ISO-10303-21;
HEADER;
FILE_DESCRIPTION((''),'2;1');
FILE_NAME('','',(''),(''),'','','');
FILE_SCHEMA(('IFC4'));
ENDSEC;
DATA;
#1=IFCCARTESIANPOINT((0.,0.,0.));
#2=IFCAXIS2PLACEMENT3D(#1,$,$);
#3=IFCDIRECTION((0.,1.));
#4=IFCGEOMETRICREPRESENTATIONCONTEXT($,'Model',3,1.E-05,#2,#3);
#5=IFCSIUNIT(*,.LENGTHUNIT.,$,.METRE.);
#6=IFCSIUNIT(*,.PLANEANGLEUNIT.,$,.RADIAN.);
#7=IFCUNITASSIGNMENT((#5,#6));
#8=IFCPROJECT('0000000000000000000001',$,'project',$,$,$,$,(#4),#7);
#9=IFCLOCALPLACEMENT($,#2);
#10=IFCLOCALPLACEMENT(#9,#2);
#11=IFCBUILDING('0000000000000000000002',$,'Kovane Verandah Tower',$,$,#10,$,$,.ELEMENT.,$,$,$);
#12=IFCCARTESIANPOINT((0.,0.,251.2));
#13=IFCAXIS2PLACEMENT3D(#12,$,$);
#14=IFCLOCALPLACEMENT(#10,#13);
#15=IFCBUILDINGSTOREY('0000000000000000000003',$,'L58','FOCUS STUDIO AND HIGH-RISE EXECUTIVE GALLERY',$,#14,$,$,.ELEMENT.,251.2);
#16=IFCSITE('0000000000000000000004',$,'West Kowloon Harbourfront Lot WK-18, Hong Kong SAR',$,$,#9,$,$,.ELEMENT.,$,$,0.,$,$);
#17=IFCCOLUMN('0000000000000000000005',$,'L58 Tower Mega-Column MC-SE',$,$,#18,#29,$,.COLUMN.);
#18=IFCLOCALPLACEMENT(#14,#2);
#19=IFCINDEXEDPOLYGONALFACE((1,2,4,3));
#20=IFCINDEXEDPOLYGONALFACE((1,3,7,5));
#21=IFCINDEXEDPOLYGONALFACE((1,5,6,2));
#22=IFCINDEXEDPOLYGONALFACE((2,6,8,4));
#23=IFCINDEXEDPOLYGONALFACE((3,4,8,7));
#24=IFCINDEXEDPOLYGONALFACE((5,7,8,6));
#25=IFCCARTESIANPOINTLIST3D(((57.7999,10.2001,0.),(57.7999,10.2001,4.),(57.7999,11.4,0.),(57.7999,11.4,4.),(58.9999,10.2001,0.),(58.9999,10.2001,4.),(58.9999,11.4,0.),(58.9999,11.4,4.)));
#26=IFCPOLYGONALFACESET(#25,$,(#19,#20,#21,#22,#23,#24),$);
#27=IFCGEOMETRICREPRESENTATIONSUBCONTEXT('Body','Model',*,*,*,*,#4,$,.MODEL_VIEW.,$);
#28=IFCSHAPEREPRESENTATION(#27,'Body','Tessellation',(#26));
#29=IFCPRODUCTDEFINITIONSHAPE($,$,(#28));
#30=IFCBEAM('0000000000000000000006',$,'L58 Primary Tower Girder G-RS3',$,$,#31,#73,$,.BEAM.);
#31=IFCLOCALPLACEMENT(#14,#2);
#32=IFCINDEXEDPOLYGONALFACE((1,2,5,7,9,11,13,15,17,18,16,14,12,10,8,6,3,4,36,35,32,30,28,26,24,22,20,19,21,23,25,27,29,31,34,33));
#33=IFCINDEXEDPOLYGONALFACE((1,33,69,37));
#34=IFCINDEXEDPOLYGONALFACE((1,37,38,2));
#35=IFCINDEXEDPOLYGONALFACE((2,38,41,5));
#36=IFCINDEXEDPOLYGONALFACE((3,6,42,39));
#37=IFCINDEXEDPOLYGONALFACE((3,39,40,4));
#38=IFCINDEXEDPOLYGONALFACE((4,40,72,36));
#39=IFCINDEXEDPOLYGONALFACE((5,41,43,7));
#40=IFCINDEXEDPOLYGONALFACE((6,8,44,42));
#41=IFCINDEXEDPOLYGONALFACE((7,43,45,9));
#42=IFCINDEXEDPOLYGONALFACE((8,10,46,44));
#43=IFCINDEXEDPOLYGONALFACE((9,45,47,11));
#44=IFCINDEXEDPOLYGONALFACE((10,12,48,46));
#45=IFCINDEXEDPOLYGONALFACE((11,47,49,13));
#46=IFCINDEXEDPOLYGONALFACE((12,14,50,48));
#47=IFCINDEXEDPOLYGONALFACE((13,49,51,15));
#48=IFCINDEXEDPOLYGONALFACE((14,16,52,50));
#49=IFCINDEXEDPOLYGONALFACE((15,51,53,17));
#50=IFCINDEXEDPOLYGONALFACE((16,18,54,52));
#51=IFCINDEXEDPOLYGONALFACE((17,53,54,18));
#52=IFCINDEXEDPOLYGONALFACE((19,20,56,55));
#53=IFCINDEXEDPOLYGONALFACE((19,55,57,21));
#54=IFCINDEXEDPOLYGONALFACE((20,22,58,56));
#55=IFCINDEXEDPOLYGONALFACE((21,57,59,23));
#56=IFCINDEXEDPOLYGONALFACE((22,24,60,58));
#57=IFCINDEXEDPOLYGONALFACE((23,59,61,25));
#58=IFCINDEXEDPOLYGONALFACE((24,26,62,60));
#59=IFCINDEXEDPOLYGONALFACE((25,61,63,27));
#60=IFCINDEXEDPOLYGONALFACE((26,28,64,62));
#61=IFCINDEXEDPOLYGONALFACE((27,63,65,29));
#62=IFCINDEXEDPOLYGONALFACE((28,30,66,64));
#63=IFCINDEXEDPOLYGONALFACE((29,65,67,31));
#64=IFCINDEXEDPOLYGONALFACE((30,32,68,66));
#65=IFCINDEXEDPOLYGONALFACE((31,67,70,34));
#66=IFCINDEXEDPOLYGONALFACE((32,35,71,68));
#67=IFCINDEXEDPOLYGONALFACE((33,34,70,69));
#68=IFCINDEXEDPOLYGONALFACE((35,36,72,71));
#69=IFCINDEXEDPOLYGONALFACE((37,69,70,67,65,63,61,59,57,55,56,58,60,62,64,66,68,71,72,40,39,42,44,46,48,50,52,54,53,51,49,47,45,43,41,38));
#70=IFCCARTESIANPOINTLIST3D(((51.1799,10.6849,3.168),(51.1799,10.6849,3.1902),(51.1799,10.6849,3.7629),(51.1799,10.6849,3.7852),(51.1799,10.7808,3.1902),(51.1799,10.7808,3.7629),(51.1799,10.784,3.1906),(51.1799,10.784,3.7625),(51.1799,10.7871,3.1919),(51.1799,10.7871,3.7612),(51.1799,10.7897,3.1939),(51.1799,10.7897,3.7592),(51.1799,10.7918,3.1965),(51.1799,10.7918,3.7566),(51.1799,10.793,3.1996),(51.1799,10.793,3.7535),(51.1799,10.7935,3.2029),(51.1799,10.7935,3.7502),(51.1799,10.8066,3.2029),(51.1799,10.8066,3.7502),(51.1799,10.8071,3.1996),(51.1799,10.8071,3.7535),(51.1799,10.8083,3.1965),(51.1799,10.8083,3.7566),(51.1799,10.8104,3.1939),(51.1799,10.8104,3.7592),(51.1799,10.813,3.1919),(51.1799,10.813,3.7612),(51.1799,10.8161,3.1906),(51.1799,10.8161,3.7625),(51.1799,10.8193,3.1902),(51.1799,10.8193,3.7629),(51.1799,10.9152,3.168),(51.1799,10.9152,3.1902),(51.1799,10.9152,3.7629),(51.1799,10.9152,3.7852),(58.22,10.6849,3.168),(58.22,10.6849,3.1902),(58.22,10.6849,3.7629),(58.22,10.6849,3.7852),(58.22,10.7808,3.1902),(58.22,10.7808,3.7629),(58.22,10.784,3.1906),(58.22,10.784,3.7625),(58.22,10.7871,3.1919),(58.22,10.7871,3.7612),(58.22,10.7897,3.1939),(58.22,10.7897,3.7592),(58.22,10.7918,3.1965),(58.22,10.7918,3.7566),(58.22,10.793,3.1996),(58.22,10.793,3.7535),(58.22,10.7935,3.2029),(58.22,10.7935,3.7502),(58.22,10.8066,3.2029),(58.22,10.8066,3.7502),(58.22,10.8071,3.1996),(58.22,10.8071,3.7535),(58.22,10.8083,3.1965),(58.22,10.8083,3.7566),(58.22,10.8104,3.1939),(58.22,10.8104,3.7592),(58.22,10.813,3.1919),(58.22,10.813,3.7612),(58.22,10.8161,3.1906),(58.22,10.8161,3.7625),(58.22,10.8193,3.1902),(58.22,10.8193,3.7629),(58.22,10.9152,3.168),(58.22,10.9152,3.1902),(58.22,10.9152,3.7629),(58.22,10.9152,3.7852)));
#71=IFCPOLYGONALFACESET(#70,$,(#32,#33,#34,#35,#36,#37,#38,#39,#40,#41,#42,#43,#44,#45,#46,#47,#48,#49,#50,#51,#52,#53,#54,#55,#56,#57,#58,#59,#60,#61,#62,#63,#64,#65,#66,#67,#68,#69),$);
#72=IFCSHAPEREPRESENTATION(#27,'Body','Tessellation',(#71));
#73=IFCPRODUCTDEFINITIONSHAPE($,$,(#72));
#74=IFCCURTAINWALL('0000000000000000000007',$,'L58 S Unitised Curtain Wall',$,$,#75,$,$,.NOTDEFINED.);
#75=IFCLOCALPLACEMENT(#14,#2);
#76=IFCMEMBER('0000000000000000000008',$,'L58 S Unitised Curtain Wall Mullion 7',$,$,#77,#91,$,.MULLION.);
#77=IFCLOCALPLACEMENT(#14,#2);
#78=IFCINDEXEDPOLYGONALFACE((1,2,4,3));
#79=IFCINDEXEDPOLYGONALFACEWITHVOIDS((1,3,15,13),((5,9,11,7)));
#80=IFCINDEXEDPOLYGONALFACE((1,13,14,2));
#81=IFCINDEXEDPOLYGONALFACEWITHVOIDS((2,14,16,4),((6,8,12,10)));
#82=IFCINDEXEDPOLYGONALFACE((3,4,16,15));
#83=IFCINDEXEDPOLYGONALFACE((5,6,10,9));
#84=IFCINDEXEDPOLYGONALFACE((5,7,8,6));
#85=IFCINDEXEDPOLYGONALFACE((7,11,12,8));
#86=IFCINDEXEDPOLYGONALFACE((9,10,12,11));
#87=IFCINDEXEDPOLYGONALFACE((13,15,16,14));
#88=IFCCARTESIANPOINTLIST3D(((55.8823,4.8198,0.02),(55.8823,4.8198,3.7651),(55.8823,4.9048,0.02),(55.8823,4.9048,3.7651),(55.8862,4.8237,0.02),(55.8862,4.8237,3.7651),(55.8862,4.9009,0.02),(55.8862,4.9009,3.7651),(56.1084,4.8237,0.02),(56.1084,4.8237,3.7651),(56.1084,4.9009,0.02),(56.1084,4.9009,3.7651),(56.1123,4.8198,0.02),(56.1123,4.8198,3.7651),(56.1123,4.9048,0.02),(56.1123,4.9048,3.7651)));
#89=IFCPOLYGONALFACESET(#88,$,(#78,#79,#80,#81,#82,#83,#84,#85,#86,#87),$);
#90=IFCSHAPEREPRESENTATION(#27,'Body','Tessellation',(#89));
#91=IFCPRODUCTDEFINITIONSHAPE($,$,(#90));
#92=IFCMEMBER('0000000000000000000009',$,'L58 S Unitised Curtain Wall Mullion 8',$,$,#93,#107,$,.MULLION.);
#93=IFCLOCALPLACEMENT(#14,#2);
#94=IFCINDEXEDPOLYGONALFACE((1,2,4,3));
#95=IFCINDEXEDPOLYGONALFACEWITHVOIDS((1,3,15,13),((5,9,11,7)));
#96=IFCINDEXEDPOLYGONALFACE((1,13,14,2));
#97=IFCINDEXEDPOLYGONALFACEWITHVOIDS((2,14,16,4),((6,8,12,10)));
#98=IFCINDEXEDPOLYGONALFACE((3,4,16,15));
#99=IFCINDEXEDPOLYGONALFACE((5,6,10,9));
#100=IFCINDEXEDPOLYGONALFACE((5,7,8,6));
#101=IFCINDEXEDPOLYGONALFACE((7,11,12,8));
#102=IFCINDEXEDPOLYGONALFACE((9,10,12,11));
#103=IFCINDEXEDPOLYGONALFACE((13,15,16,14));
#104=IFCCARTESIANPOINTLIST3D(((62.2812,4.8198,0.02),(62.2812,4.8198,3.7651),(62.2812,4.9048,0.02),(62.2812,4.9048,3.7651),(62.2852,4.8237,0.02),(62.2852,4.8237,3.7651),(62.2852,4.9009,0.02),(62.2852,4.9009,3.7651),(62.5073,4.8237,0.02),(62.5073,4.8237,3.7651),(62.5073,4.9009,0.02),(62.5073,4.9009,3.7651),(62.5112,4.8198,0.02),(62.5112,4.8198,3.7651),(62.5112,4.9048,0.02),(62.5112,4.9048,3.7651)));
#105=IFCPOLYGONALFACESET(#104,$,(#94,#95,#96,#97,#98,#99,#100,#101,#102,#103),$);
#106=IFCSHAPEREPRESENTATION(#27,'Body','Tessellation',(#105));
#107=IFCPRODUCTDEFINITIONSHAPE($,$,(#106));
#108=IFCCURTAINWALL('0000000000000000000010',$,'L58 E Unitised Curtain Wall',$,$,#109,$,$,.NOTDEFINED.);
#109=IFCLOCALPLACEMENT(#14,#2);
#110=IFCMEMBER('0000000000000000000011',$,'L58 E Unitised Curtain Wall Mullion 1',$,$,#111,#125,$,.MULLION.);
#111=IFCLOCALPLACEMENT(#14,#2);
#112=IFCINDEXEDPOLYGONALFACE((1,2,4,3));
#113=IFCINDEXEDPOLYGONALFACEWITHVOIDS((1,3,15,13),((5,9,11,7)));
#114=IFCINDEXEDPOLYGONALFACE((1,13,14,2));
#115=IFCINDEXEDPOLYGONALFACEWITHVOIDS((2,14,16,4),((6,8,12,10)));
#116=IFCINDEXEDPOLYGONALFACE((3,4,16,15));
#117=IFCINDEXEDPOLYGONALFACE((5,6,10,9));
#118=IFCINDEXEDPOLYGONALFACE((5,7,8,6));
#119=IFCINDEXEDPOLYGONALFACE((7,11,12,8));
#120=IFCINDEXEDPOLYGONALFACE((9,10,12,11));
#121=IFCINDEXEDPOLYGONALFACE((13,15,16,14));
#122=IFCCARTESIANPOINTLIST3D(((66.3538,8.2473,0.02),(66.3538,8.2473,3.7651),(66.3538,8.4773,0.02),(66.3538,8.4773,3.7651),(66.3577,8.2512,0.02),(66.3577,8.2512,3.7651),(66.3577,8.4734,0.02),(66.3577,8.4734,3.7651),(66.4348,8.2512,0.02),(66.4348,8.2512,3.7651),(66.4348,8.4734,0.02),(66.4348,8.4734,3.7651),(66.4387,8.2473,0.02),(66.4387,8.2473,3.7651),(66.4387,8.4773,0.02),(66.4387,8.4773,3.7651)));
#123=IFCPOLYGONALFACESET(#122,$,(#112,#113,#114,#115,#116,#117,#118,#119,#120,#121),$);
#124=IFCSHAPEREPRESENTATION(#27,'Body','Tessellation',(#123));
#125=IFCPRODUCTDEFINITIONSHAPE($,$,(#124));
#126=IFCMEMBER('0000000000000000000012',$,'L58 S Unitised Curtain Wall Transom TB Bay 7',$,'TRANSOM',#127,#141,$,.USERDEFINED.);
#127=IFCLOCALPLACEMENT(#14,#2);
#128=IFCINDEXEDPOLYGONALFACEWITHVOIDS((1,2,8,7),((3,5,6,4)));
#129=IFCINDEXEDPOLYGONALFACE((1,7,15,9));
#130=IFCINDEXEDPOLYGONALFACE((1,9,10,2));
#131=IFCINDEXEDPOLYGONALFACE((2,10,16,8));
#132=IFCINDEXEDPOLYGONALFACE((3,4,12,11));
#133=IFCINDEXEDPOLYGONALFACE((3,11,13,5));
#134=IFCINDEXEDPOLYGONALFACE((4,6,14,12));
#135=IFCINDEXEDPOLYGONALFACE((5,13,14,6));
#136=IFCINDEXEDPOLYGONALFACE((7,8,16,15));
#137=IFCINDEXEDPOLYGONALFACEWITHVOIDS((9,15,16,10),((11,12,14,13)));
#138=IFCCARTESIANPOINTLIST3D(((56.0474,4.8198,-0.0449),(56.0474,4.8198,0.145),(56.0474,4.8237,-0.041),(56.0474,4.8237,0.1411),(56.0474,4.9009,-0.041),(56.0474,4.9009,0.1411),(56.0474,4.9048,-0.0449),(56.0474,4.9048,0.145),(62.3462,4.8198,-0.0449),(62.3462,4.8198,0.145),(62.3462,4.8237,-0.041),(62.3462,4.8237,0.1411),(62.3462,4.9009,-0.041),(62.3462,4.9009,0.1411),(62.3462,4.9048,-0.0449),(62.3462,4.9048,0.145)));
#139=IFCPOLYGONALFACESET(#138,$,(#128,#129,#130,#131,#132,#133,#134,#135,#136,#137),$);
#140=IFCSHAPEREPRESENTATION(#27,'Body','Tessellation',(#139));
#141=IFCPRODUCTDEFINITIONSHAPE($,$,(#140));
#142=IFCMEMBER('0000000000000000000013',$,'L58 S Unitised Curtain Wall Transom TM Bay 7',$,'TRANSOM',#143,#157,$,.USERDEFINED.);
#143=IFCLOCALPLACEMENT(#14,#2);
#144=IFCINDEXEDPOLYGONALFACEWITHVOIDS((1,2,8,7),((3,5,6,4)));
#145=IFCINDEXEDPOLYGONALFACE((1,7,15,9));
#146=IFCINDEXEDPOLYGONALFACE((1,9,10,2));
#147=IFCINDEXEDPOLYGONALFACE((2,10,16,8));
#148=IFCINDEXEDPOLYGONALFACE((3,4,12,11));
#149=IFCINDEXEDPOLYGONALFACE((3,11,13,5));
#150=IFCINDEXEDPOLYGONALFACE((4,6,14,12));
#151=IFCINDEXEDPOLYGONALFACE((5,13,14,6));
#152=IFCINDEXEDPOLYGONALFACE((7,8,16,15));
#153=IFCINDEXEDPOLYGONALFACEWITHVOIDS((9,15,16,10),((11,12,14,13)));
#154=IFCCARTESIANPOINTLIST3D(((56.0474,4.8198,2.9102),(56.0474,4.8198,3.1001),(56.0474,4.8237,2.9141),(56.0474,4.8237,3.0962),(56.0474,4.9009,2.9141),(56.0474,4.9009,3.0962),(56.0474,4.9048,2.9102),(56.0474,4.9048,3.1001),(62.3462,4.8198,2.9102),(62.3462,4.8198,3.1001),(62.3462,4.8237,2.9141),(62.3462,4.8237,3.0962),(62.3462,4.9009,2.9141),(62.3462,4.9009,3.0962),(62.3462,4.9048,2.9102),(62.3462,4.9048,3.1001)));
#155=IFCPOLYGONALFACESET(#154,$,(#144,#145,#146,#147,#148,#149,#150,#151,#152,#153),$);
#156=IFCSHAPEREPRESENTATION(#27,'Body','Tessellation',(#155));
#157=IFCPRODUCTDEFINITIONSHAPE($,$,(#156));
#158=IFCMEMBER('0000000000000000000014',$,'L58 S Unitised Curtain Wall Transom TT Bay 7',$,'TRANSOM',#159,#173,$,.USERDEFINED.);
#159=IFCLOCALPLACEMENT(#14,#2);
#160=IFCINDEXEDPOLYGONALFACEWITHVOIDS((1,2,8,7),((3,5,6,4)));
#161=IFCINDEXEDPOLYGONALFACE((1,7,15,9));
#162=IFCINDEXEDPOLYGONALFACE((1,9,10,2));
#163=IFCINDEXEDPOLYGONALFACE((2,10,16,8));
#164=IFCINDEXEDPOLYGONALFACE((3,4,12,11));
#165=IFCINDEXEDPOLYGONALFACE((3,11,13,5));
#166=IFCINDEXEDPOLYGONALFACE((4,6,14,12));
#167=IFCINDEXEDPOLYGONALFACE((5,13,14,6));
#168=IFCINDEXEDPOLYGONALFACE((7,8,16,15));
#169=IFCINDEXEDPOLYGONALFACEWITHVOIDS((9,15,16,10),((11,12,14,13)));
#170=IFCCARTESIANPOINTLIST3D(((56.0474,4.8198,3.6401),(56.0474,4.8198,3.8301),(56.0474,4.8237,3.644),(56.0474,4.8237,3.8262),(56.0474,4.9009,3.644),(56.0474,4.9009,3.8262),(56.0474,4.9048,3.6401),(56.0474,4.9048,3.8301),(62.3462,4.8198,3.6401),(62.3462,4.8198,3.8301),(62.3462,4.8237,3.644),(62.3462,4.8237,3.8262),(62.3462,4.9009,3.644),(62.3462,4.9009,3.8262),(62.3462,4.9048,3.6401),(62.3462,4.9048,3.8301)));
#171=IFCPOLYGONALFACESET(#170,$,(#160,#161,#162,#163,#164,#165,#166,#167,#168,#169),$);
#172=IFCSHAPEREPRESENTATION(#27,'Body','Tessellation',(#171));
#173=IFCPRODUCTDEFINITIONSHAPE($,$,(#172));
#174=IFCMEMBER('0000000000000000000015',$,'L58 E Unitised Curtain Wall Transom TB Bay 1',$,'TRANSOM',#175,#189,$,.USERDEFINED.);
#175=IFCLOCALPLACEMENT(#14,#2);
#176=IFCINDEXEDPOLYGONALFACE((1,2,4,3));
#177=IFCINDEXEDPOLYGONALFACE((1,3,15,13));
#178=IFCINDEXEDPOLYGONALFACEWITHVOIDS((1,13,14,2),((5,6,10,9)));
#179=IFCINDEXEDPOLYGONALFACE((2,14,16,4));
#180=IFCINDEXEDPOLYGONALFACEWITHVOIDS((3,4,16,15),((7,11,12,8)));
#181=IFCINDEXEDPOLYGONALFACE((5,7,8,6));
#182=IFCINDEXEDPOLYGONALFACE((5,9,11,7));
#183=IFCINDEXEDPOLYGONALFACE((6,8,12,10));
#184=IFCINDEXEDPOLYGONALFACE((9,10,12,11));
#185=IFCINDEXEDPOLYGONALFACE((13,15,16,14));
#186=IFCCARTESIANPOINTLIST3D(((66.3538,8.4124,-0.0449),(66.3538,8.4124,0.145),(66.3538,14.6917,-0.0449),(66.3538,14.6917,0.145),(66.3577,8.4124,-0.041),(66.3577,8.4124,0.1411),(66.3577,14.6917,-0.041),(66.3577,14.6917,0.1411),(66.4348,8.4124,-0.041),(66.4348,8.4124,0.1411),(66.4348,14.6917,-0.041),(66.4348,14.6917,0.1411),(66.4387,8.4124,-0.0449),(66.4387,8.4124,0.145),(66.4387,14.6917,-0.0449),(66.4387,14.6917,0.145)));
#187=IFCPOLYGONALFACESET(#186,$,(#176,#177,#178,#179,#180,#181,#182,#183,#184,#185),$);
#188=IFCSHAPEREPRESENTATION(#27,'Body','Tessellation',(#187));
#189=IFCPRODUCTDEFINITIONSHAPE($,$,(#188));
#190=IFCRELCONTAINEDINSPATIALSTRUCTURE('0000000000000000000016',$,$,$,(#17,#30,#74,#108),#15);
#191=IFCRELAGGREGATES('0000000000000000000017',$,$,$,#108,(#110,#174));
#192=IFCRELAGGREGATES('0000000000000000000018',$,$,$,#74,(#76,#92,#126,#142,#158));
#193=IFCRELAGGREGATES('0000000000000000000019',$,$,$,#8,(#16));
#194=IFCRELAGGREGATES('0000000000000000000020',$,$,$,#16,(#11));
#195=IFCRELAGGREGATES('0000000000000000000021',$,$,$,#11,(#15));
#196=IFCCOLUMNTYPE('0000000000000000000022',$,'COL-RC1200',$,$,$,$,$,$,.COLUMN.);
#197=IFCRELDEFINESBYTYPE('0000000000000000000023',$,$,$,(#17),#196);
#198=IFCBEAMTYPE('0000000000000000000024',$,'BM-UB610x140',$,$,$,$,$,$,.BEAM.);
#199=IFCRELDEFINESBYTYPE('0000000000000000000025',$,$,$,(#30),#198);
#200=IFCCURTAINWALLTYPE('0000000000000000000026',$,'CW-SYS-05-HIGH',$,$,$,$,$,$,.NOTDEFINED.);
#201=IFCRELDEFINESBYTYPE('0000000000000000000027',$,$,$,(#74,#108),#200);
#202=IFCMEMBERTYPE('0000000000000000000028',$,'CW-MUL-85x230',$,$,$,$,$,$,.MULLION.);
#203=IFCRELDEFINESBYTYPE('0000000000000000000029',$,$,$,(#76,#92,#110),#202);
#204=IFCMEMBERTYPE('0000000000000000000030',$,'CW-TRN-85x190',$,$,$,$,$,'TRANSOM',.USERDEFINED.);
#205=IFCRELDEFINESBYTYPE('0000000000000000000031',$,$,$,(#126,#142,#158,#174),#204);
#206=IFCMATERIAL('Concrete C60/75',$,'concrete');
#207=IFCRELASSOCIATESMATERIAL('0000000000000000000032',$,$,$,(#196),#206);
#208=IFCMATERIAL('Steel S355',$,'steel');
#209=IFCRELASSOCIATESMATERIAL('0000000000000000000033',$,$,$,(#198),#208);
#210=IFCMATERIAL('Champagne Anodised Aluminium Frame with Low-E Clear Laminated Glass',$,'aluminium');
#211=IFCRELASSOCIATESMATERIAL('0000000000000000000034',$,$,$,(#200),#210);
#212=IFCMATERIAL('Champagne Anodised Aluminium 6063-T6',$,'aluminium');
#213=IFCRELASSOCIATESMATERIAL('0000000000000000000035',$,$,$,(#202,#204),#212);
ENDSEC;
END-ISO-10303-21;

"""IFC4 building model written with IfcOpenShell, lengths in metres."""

from ifc_helpers import new_model, si_unit, direction, frame, origin, origin_2d, place, context, subcontext, project, spatial, rectangle, hollow_rectangle, i_section, extrude, material, material_profile, profile_set, type_object, element, aggregate, save


model = new_model("IFC4")

# Units and contexts
model_context = context("Model", 3, precision=1e-05, world=origin(), true_north=direction((0.0, 1.0)))
body_context = subcontext(model_context, "Body", "Model", "MODEL_VIEW")
ifc_project = project(units=[si_unit("LENGTHUNIT", "METRE"), si_unit("PLANEANGLEUNIT", "RADIAN")], contexts=[model_context])

# Site, building, storey
site_placement = place(None, origin())
site = spatial("IfcSite", under=ifc_project, at=site_placement, Name="West Kowloon Harbourfront Lot WK-18, Hong Kong SAR", CompositionType="ELEMENT", RefElevation=0.0)
building_placement = place(site_placement, origin())
building = spatial("IfcBuilding", under=site, at=building_placement, Name="Kovane Verandah Tower", CompositionType="ELEMENT")
storey_placement = place(building_placement, frame((0.0, 0.0, 251.2)))
storey = spatial("IfcBuildingStorey", under=building, at=storey_placement, Name="L58", Description="FOCUS STUDIO AND HIGH-RISE EXECUTIVE GALLERY", CompositionType="ELEMENT", Elevation=251.2)

# Column
ifc_material_1 = material(Name="Concrete C60/75", Category="concrete")
ifc_material_profile_1 = material_profile(ifc_material_1, rectangle(XDim=1.2, YDim=1.2, at=origin_2d()), Name="RC1200x1200")
ifc_profile_set_1 = profile_set([ifc_material_profile_1], Name="Concrete C60/75")
column_type = type_object("IfcColumnType", Name="COL-RC1200", PredefinedType="COLUMN", material=ifc_profile_set_1)
column_placement = place(storey_placement, frame((58.3999, 10.8, 0.0), z_axis=(0.0, 0.0, 1.0), x_axis=(1.0, 0.0, 0.0)))
element("IfcColumn", 1, at=column_placement, inside=storey, type_object=column_type, Name="L58 Tower Mega-Column MC-SE", PredefinedType="COLUMN", context=body_context, shape_type="SweptSolid", body=[
    extrude(rectangle(XDim=1.2, YDim=1.2, at=origin_2d()), origin(), (0.0, 0.0, 1.0), 4.0),
])

# Beam
ifc_material_2 = material(Name="Steel S355", Category="steel")
ifc_material_profile_2 = material_profile(ifc_material_2, i_section(OverallWidth=0.2302, OverallDepth=0.6172, WebThickness=0.0132, FlangeThickness=0.0222, FilletRadius=0.0127, at=origin_2d()), Name="UB610x229x140")
ifc_profile_set_2 = profile_set([ifc_material_profile_2], Name="Steel S355")
beam_type_1 = type_object("IfcBeamType", Name="BM-UB610x140", PredefinedType="BEAM", material=ifc_profile_set_2)
beam_1_placement = place(storey_placement, frame((51.1799, 10.8, 3.4766), z_axis=(1.0, 0.0, 0.0), x_axis=(0.0, 1.0, 0.0)))
element("IfcBeam", 2, at=beam_1_placement, inside=storey, type_object=beam_type_1, Name="L58 Primary Tower Girder G-RS3", PredefinedType="BEAM", context=body_context, shape_type="SweptSolid", body=[
    extrude(i_section(OverallWidth=0.2302, OverallDepth=0.6172, WebThickness=0.0132, FlangeThickness=0.0222, FilletRadius=0.0127, at=origin_2d()), origin(), (0.0, 0.0, 1.0), 7.04),
])

# Curtain wall, members
ifc_material_3 = material(Name="Champagne Anodised Aluminium Frame with Low-E Clear Laminated Glass", Category="aluminium")
curtain_wall_type = type_object("IfcCurtainWallType", Name="CW-SYS-05-HIGH", PredefinedType="NOTDEFINED", material=ifc_material_3)
curtain_wall_1_placement = place(storey_placement, origin())
curtain_wall_1 = element("IfcCurtainWall", 3, at=curtain_wall_1_placement, inside=storey, type_object=curtain_wall_type, Name="L58 S Unitised Curtain Wall", PredefinedType="NOTDEFINED")
ifc_material_4 = material(Name="Champagne Anodised Aluminium 6063-T6", Category="aluminium")
ifc_material_profile_3 = material_profile(ifc_material_4, hollow_rectangle(XDim=0.085, YDim=0.23, WallThickness=0.0039, at=origin_2d()), Name="AL85x230x4")
ifc_profile_set_3 = profile_set([ifc_material_profile_3], Name="Champagne Anodised Aluminium 6063-T6")
member_type_1 = type_object("IfcMemberType", Name="CW-MUL-85x230", PredefinedType="MULLION", material=ifc_profile_set_3)
member_1_placement = place(storey_placement, frame((55.9973, 4.8623, 0.02), z_axis=(0.0, 0.0, 1.0), x_axis=(0.0, -1.0, 0.0)))
member_1 = element("IfcMember", 4, at=member_1_placement, type_object=member_type_1, Name="L58 S Unitised Curtain Wall Mullion 7", PredefinedType="MULLION", context=body_context, shape_type="SweptSolid", body=[
    extrude(hollow_rectangle(XDim=0.085, YDim=0.23, WallThickness=0.0039, at=origin_2d()), origin(), (0.0, 0.0, 1.0), 3.7451),
])
member_2_placement = place(storey_placement, frame((62.3962, 4.8623, 0.02), z_axis=(0.0, 0.0, 1.0), x_axis=(0.0, -1.0, 0.0)))
member_2 = element("IfcMember", 5, at=member_2_placement, type_object=member_type_1, Name="L58 S Unitised Curtain Wall Mullion 8", PredefinedType="MULLION", context=body_context, shape_type="SweptSolid", body=[
    extrude(hollow_rectangle(XDim=0.085, YDim=0.23, WallThickness=0.0039, at=origin_2d()), origin(), (0.0, 0.0, 1.0), 3.7451),
])

# Curtain wall, member
curtain_wall_2_placement = place(storey_placement, origin())
curtain_wall_2 = element("IfcCurtainWall", 6, at=curtain_wall_2_placement, inside=storey, type_object=curtain_wall_type, Name="L58 E Unitised Curtain Wall", PredefinedType="NOTDEFINED")
member_3_placement = place(storey_placement, frame((66.3962, 8.3623, 0.02), z_axis=(0.0, 0.0, 1.0), x_axis=(1.0, 0.0, 0.0)))
member_3 = element("IfcMember", 7, at=member_3_placement, type_object=member_type_1, Name="L58 E Unitised Curtain Wall Mullion 1", PredefinedType="MULLION", context=body_context, shape_type="SweptSolid", body=[
    extrude(hollow_rectangle(XDim=0.085, YDim=0.23, WallThickness=0.0039, at=origin_2d()), origin(), (0.0, 0.0, 1.0), 3.7451),
])

# Members
ifc_material_profile_4 = material_profile(ifc_material_4, hollow_rectangle(XDim=0.085, YDim=0.1899, WallThickness=0.0039, at=origin_2d()), Name="AL85x190x4")
ifc_profile_set_4 = profile_set([ifc_material_profile_4], Name="Champagne Anodised Aluminium 6063-T6")
member_type_2 = type_object("IfcMemberType", Name="CW-TRN-85x190", ElementType="TRANSOM", PredefinedType="USERDEFINED", material=ifc_profile_set_4)
member_4_placement = place(storey_placement, frame((56.0474, 4.8623, 0.05), z_axis=(1.0, 0.0, 0.0), x_axis=(0.0, 1.0, 0.0)))
member_4 = element("IfcMember", 8, at=member_4_placement, type_object=member_type_2, Name="L58 S Unitised Curtain Wall Transom TB Bay 7", ObjectType="TRANSOM", PredefinedType="USERDEFINED", context=body_context, shape_type="SweptSolid", body=[
    extrude(hollow_rectangle(XDim=0.085, YDim=0.1899, WallThickness=0.0039, at=origin_2d()), origin(), (0.0, 0.0, 1.0), 6.2988),
])
member_5_placement = place(storey_placement, frame((56.0474, 4.8623, 3.0051), z_axis=(1.0, 0.0, 0.0), x_axis=(0.0, 1.0, 0.0)))
member_5 = element("IfcMember", 9, at=member_5_placement, type_object=member_type_2, Name="L58 S Unitised Curtain Wall Transom TM Bay 7", ObjectType="TRANSOM", PredefinedType="USERDEFINED", context=body_context, shape_type="SweptSolid", body=[
    extrude(hollow_rectangle(XDim=0.085, YDim=0.1899, WallThickness=0.0039, at=origin_2d()), origin(), (0.0, 0.0, 1.0), 6.2988),
])
member_6_placement = place(storey_placement, frame((56.0474, 4.8623, 3.7351), z_axis=(1.0, 0.0, 0.0), x_axis=(0.0, 1.0, 0.0)))
member_6 = element("IfcMember", 10, at=member_6_placement, type_object=member_type_2, Name="L58 S Unitised Curtain Wall Transom TT Bay 7", ObjectType="TRANSOM", PredefinedType="USERDEFINED", context=body_context, shape_type="SweptSolid", body=[
    extrude(hollow_rectangle(XDim=0.085, YDim=0.1899, WallThickness=0.0039, at=origin_2d()), origin(), (0.0, 0.0, 1.0), 6.2988),
])
member_7_placement = place(storey_placement, frame((66.3962, 8.4124, 0.05), z_axis=(0.0, 1.0, 0.0), x_axis=(-1.0, 0.0, 0.0)))
member_7 = element("IfcMember", 11, at=member_7_placement, type_object=member_type_2, Name="L58 E Unitised Curtain Wall Transom TB Bay 1", ObjectType="TRANSOM", PredefinedType="USERDEFINED", context=body_context, shape_type="SweptSolid", body=[
    extrude(hollow_rectangle(XDim=0.085, YDim=0.1899, WallThickness=0.0039, at=origin_2d()), origin(), (0.0, 0.0, 1.0), 6.2793),
])
aggregate(curtain_wall_2, [member_3, member_7])

aggregate(curtain_wall_1, [member_1, member_2, member_4, member_5, member_6])

save(model, "model.ifc")
